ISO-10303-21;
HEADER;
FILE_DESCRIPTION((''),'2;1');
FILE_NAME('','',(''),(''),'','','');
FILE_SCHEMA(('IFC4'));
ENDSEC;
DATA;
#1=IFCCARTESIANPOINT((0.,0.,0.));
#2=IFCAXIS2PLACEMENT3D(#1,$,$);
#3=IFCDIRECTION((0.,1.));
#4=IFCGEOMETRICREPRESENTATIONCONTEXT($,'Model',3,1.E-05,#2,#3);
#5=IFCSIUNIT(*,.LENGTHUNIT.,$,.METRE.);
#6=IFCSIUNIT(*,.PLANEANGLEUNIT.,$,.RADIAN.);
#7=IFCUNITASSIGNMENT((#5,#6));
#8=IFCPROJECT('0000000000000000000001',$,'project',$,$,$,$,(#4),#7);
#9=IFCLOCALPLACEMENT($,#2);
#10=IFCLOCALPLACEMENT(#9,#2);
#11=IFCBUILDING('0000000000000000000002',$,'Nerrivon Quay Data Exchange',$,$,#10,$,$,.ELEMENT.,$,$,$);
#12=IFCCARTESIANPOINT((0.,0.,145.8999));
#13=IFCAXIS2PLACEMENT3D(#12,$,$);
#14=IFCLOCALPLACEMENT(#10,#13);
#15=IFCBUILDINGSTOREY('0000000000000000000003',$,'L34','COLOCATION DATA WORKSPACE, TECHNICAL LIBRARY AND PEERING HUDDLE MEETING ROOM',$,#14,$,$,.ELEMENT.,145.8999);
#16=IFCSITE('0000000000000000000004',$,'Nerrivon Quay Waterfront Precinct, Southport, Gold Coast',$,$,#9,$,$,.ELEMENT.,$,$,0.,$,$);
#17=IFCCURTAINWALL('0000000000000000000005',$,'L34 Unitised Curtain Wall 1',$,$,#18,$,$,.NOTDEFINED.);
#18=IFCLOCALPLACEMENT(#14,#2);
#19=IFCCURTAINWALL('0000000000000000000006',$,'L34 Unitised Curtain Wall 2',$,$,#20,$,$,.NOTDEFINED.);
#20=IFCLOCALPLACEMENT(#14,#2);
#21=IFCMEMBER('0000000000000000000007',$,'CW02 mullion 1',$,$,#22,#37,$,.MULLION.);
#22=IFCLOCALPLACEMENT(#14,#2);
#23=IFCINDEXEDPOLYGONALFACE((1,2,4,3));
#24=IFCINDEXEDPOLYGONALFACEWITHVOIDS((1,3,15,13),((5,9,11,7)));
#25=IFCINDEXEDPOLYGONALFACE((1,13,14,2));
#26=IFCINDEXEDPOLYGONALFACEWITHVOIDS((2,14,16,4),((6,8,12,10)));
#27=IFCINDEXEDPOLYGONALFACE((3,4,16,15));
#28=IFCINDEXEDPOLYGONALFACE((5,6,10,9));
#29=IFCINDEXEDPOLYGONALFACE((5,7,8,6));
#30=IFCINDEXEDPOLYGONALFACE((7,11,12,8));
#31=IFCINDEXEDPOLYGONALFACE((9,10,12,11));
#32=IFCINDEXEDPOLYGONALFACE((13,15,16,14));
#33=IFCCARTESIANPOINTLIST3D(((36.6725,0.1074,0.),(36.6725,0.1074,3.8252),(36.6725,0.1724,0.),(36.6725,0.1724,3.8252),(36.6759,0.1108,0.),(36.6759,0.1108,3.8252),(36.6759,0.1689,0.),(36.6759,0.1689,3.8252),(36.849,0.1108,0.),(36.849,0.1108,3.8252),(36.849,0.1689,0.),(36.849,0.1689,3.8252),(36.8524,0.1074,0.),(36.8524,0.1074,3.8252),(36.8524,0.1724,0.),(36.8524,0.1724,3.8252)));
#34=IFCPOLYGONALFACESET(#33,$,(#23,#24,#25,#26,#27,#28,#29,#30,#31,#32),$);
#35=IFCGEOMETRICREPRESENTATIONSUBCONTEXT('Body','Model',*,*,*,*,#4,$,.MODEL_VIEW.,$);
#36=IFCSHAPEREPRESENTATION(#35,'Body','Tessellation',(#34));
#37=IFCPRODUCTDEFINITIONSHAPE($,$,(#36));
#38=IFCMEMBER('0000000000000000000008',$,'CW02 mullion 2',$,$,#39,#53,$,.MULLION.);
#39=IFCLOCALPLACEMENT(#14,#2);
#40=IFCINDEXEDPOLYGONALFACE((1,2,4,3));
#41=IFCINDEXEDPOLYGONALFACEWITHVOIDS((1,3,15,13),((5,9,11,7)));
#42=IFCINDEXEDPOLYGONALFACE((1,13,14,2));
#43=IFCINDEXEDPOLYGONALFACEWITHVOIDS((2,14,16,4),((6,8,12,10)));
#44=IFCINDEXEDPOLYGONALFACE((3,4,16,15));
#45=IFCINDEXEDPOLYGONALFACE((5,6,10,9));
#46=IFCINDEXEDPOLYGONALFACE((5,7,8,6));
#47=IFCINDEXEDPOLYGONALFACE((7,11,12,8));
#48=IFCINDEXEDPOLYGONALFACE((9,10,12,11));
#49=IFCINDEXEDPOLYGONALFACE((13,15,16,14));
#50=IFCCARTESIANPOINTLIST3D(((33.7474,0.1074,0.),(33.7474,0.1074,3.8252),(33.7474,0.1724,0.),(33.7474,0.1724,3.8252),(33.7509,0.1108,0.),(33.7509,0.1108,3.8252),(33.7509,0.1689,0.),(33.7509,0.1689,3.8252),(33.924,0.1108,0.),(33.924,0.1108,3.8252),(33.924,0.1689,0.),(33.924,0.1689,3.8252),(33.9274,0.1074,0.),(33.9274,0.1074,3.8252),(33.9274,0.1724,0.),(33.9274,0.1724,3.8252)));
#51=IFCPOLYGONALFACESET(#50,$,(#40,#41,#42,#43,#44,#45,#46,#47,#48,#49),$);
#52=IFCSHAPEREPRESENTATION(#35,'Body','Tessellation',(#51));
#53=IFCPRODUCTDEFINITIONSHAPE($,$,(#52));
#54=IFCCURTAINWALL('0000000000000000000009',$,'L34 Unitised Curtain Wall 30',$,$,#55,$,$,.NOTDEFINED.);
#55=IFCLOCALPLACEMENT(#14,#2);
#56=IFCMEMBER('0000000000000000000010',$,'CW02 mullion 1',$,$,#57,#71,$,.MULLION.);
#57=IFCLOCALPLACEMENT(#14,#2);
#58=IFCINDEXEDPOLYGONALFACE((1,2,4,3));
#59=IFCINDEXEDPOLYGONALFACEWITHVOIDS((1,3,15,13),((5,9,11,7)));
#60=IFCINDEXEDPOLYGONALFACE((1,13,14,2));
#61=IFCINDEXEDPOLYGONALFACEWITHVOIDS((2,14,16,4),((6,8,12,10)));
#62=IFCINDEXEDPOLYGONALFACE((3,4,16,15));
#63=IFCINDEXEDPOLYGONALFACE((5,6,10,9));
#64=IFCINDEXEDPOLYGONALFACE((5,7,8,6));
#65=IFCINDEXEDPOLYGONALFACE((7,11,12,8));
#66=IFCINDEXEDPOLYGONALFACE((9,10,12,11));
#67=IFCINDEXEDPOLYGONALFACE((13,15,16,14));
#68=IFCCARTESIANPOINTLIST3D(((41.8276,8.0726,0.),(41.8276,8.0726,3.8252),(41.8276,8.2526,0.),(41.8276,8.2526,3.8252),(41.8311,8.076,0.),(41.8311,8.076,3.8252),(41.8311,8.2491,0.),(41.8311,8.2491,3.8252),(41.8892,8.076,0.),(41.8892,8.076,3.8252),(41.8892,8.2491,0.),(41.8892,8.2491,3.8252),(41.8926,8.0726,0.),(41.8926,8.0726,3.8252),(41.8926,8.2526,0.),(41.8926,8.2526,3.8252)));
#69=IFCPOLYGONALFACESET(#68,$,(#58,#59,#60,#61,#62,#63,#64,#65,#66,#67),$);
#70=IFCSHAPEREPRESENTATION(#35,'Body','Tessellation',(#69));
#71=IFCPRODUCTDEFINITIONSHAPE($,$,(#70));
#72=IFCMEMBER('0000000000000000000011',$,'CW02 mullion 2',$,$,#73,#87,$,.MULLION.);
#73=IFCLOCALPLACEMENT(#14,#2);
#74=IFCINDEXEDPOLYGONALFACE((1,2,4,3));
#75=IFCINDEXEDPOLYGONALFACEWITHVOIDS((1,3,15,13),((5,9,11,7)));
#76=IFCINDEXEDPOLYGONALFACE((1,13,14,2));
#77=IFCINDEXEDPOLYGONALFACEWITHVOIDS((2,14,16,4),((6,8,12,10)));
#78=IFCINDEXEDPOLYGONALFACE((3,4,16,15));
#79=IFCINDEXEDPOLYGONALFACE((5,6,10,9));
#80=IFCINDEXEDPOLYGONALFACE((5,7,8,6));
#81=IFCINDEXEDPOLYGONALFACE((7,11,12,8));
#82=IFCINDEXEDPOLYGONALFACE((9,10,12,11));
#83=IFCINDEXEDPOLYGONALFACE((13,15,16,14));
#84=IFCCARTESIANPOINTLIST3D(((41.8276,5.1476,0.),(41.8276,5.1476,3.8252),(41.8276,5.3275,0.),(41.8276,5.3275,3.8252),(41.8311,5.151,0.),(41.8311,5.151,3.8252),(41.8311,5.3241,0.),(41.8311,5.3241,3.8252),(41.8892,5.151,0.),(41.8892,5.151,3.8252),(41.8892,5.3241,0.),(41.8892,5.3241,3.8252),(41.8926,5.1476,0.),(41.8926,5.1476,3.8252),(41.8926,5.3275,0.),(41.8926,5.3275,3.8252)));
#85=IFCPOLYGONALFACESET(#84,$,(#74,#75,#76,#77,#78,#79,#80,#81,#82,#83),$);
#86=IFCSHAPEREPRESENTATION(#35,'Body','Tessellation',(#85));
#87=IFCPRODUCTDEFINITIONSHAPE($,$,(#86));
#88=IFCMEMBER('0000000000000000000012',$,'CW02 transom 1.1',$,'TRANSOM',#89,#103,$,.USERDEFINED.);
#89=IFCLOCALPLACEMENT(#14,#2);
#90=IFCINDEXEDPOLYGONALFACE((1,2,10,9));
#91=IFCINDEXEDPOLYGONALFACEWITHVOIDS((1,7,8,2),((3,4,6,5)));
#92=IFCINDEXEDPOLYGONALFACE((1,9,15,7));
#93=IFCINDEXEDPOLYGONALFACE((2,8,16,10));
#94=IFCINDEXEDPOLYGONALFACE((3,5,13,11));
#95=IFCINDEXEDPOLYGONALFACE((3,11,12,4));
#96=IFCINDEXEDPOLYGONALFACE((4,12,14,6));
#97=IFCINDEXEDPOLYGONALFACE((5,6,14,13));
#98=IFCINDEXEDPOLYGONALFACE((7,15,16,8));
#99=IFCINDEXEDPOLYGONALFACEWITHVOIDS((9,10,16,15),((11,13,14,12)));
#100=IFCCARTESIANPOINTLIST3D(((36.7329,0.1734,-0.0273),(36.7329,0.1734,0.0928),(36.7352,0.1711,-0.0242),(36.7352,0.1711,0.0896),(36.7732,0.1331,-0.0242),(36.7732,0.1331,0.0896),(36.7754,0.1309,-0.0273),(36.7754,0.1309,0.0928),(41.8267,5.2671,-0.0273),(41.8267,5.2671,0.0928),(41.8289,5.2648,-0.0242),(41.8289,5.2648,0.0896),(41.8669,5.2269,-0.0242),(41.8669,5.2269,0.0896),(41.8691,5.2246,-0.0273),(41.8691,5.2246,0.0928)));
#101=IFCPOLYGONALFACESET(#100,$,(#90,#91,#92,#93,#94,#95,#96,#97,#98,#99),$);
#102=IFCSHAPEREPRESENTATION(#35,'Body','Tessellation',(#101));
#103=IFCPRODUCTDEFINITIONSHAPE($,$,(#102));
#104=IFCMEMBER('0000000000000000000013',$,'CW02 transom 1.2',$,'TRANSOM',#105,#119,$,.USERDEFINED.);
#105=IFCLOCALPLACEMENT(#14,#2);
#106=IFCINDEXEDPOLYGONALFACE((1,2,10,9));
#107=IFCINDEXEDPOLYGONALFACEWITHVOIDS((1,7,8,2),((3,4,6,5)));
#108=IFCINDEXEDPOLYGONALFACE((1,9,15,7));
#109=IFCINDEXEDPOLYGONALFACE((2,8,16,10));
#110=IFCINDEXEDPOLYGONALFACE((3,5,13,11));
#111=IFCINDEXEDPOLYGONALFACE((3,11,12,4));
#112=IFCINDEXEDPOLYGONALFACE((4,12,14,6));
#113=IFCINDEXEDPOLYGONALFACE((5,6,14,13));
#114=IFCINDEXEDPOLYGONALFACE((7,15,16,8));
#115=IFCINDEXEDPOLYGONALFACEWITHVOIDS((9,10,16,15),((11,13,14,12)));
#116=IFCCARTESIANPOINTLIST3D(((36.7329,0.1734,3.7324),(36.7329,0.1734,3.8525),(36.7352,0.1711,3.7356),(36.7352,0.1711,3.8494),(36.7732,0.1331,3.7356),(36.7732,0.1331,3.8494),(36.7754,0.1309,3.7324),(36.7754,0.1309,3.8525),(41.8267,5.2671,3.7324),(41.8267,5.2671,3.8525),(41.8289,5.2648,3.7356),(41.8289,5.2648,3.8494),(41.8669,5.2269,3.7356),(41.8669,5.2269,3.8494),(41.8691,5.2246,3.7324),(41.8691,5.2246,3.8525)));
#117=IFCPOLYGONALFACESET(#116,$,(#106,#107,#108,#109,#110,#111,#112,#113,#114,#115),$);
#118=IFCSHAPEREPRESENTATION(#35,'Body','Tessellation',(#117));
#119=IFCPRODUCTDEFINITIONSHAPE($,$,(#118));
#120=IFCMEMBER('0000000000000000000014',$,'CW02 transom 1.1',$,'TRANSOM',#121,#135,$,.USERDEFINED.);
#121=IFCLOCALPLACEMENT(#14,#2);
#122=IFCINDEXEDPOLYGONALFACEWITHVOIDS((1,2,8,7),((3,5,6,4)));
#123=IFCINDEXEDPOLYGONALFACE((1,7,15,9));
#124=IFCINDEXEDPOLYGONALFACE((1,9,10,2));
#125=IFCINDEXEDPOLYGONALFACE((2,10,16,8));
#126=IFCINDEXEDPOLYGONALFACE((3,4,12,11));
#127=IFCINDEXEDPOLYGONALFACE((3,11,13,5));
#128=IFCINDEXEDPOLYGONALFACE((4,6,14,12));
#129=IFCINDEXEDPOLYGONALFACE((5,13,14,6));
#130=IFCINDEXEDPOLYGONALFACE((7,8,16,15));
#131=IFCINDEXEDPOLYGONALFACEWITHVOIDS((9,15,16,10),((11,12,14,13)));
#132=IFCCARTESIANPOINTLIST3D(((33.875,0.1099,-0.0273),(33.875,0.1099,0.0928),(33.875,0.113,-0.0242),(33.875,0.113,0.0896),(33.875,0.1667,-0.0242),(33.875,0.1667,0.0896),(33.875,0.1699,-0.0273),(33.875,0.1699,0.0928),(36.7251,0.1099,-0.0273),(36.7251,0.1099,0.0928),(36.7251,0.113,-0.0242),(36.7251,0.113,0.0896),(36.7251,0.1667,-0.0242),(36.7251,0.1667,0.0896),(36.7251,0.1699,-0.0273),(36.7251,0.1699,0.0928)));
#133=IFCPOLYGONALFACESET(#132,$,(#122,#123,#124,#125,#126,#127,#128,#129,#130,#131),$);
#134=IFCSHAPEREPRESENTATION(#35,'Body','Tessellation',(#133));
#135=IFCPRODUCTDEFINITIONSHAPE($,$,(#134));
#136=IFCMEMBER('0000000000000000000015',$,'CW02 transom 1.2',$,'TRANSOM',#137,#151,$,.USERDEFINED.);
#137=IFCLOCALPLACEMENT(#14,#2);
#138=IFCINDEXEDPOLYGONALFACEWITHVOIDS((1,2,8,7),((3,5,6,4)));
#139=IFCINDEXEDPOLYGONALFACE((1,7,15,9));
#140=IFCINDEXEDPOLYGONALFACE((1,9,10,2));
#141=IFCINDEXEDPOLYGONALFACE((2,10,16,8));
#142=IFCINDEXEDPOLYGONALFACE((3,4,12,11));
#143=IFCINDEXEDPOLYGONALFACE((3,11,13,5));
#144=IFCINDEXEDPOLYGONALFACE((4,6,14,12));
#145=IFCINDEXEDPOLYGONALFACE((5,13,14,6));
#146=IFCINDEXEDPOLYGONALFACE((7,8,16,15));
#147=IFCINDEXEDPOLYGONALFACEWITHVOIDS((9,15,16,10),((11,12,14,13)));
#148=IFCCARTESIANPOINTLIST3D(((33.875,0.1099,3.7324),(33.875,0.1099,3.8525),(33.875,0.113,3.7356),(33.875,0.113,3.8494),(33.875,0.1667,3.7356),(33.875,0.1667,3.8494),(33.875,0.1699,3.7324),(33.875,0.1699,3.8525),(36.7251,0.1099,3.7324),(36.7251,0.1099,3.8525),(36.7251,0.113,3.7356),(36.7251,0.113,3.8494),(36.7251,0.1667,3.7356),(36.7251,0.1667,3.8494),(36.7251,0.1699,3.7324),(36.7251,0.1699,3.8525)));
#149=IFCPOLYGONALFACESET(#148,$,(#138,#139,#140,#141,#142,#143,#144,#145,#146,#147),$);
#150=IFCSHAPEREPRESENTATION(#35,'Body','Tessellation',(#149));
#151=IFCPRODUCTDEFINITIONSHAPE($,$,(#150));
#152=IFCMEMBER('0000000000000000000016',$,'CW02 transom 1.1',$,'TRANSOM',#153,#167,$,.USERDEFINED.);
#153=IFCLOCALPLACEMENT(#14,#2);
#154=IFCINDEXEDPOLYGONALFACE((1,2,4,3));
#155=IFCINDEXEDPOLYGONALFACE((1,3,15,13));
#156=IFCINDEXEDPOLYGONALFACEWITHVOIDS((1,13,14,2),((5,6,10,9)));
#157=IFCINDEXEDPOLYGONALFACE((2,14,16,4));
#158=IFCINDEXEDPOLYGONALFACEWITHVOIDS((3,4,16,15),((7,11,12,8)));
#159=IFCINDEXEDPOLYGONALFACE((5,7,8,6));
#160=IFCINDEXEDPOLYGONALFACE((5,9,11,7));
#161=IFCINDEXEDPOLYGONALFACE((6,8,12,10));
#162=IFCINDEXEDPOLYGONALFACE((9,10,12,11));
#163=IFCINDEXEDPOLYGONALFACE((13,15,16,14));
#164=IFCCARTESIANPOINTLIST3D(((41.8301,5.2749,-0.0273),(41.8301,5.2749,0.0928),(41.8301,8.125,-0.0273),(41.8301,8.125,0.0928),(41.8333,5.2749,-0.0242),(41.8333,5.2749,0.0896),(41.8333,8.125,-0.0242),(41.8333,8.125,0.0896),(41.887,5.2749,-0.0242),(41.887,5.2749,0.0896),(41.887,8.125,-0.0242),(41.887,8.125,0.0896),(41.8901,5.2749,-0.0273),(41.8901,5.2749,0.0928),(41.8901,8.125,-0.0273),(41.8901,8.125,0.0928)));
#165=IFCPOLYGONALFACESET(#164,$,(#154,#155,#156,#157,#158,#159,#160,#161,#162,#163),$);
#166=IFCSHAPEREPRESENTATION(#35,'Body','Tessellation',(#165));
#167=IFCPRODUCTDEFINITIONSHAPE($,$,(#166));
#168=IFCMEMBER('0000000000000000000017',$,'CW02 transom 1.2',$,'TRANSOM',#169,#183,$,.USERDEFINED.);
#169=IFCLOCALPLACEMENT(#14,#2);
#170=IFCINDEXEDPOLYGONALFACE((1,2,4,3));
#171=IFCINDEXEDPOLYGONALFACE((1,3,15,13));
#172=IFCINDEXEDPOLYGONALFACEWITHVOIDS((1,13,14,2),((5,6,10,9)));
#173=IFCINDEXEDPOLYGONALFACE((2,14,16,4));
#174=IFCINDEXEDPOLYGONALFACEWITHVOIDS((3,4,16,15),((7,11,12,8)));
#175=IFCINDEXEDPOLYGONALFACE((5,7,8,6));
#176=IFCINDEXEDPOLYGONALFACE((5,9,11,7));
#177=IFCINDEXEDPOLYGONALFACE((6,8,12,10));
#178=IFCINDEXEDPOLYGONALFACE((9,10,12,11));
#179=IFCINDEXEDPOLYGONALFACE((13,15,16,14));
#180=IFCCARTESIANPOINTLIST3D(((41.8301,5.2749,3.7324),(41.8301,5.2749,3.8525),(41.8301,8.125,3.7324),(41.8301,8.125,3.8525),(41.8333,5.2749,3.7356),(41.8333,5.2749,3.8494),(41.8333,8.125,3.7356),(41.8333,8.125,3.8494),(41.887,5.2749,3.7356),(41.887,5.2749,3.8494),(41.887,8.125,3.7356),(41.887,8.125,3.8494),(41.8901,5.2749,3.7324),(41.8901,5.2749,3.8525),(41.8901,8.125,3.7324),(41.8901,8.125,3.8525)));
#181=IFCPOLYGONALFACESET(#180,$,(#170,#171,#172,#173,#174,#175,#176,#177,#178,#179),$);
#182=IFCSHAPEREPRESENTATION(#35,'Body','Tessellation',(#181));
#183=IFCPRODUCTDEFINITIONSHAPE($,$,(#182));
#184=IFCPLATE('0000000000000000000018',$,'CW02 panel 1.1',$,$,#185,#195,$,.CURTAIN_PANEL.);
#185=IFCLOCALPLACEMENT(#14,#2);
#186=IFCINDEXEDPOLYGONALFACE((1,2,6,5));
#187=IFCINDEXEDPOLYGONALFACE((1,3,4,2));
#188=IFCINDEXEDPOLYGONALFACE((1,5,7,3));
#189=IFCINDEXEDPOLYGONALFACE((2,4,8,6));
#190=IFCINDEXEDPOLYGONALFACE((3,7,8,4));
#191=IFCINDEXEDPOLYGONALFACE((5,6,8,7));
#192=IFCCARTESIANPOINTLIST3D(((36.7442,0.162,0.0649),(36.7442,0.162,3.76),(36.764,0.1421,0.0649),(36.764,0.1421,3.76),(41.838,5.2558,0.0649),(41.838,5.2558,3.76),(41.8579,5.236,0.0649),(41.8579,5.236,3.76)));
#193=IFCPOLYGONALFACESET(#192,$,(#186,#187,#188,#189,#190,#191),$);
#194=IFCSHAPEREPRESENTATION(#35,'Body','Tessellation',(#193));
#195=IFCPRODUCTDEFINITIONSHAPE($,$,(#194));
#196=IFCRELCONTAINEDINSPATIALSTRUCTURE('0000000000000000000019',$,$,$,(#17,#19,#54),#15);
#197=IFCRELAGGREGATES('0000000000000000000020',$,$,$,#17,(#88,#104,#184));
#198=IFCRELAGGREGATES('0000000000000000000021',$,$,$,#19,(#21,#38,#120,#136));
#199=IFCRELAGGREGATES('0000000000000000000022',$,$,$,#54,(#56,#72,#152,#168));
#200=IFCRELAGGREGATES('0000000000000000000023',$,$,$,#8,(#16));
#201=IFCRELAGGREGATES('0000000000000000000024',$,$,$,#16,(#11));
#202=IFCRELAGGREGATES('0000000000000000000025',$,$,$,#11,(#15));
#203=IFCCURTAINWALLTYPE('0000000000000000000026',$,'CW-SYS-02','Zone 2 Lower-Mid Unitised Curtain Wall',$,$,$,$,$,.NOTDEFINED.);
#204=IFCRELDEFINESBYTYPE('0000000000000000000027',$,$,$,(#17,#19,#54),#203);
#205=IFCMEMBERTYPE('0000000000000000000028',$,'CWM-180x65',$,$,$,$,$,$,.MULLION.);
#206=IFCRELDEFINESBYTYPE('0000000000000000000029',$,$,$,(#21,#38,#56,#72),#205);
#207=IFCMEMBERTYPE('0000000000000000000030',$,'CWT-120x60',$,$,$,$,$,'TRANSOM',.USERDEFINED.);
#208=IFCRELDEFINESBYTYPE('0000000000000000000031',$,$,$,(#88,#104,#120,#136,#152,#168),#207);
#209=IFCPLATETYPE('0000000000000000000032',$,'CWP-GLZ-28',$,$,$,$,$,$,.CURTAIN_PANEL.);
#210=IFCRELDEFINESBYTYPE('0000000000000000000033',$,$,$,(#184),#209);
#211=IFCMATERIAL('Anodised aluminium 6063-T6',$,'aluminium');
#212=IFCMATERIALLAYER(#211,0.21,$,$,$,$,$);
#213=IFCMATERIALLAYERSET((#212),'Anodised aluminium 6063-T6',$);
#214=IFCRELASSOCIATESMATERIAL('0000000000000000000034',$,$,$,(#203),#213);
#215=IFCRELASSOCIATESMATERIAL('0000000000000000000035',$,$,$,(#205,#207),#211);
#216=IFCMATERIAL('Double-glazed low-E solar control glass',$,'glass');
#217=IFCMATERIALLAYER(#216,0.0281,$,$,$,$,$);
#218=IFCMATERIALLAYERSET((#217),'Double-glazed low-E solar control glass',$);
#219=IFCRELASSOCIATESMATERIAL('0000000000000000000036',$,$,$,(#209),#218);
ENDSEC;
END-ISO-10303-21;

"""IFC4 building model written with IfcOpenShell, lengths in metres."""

from ifc_helpers import new_model, si_unit, direction, frame, origin, origin_2d, place, context, subcontext, project, spatial, rectangle, hollow_rectangle, extrude, material, layer, layer_set, material_profile, profile_set, type_object, element, aggregate, save


model = new_model("IFC4")

# Units and contexts
model_context = context("Model", 3, precision=1e-05, world=origin(), true_north=direction((0.0, 1.0)))
body_context = subcontext(model_context, "Body", "Model", "MODEL_VIEW")
ifc_project = project(units=[si_unit("LENGTHUNIT", "METRE"), si_unit("PLANEANGLEUNIT", "RADIAN")], contexts=[model_context])

# Site, building, storey
site_placement = place(None, origin())
site = spatial("IfcSite", under=ifc_project, at=site_placement, Name="Nerrivon Quay Waterfront Precinct, Southport, Gold Coast", CompositionType="ELEMENT", RefElevation=0.0)
building_placement = place(site_placement, origin())
building = spatial("IfcBuilding", under=site, at=building_placement, Name="Nerrivon Quay Data Exchange", CompositionType="ELEMENT")
storey_placement = place(building_placement, frame((0.0, 0.0, 145.8999)))
storey = spatial("IfcBuildingStorey", under=building, at=storey_placement, Name="L34", Description="COLOCATION DATA WORKSPACE, TECHNICAL LIBRARY AND PEERING HUDDLE MEETING ROOM", CompositionType="ELEMENT", Elevation=145.8999)

# Curtain walls, members
ifc_material_1 = material(Name="Anodised aluminium 6063-T6", Category="aluminium")
ifc_layer_1 = layer(ifc_material_1, 0.21)
ifc_layer_set_1 = layer_set([ifc_layer_1], Name="Anodised aluminium 6063-T6")
curtain_wall_type = type_object("IfcCurtainWallType", Name="CW-SYS-02", Description="Zone 2 Lower-Mid Unitised Curtain Wall", PredefinedType="NOTDEFINED", material=ifc_layer_set_1)
curtain_wall_1_placement = place(storey_placement, origin())
curtain_wall_1 = element("IfcCurtainWall", 1, at=curtain_wall_1_placement, inside=storey, type_object=curtain_wall_type, Name="L34 Unitised Curtain Wall 1", PredefinedType="NOTDEFINED")
ifc_material_profile_1 = material_profile(ifc_material_1, hollow_rectangle(XDim=0.0649, YDim=0.1799, WallThickness=0.0034, at=origin_2d()), Name="ALU-MULL-180x65")
ifc_profile_set_1 = profile_set([ifc_material_profile_1], Name="Anodised aluminium 6063-T6")
member_type_1 = type_object("IfcMemberType", Name="CWM-180x65", PredefinedType="MULLION", material=ifc_profile_set_1)
curtain_wall_2_placement = place(storey_placement, origin())
curtain_wall_2 = element("IfcCurtainWall", 2, at=curtain_wall_2_placement, inside=storey, type_object=curtain_wall_type, Name="L34 Unitised Curtain Wall 2", PredefinedType="NOTDEFINED")
member_1_placement = place(storey_placement, frame((36.7625, 0.1399, 0.0), z_axis=(0.0, 0.0, 1.0), x_axis=(0.0, -1.0, 0.0)))
member_1 = element("IfcMember", 3, at=member_1_placement, type_object=member_type_1, Name="CW02 mullion 1", PredefinedType="MULLION", context=body_context, shape_type="SweptSolid", body=[
    extrude(hollow_rectangle(XDim=0.0649, YDim=0.1799, WallThickness=0.0034, at=origin_2d()), origin(), (0.0, 0.0, 1.0), 3.8252),
])
member_2_placement = place(storey_placement, frame((33.8374, 0.1399, 0.0), z_axis=(0.0, 0.0, 1.0), x_axis=(0.0, -1.0, 0.0)))
member_2 = element("IfcMember", 4, at=member_2_placement, type_object=member_type_1, Name="CW02 mullion 2", PredefinedType="MULLION", context=body_context, shape_type="SweptSolid", body=[
    extrude(hollow_rectangle(XDim=0.0649, YDim=0.1799, WallThickness=0.0034, at=origin_2d()), origin(), (0.0, 0.0, 1.0), 3.8252),
])
curtain_wall_3_placement = place(storey_placement, origin())
curtain_wall_3 = element("IfcCurtainWall", 5, at=curtain_wall_3_placement, inside=storey, type_object=curtain_wall_type, Name="L34 Unitised Curtain Wall 30", PredefinedType="NOTDEFINED")
member_3_placement = place(storey_placement, frame((41.8601, 8.1626, 0.0), z_axis=(0.0, 0.0, 1.0), x_axis=(1.0, 0.0, 0.0)))
member_3 = element("IfcMember", 6, at=member_3_placement, type_object=member_type_1, Name="CW02 mullion 1", PredefinedType="MULLION", context=body_context, shape_type="SweptSolid", body=[
    extrude(hollow_rectangle(XDim=0.0649, YDim=0.1799, WallThickness=0.0034, at=origin_2d()), origin(), (0.0, 0.0, 1.0), 3.8252),
])
member_4_placement = place(storey_placement, frame((41.8601, 5.2375, 0.0), z_axis=(0.0, 0.0, 1.0), x_axis=(1.0, 0.0, 0.0)))
member_4 = element("IfcMember", 7, at=member_4_placement, type_object=member_type_1, Name="CW02 mullion 2", PredefinedType="MULLION", context=body_context, shape_type="SweptSolid", body=[
    extrude(hollow_rectangle(XDim=0.0649, YDim=0.1799, WallThickness=0.0034, at=origin_2d()), origin(), (0.0, 0.0, 1.0), 3.8252),
])

# Members
ifc_material_profile_2 = material_profile(ifc_material_1, hollow_rectangle(XDim=0.0601, YDim=0.1201, WallThickness=0.0032, at=origin_2d()), Name="ALU-TRAN-120x60")
ifc_profile_set_2 = profile_set([ifc_material_profile_2], Name="Anodised aluminium 6063-T6")
member_type_2 = type_object("IfcMemberType", Name="CWT-120x60", ElementType="TRANSOM", PredefinedType="USERDEFINED", material=ifc_profile_set_2)
member_5_placement = place(storey_placement, frame((41.8479, 5.2458, 0.0327), z_axis=(-0.707107, -0.707107, 0.0), x_axis=(0.707107, -0.707107, 0.0)))
member_5 = element("IfcMember", 8, at=member_5_placement, type_object=member_type_2, Name="CW02 transom 1.1", ObjectType="TRANSOM", PredefinedType="USERDEFINED", context=body_context, shape_type="SweptSolid", body=[
    extrude(hollow_rectangle(XDim=0.0601, YDim=0.1201, WallThickness=0.0032, at=origin_2d()), origin(), (0.0, 0.0, 1.0), 7.2036),
])
member_6_placement = place(storey_placement, frame((41.8479, 5.2458, 3.7925), z_axis=(-0.707107, -0.707107, 0.0), x_axis=(0.707107, -0.707107, 0.0)))
member_6 = element("IfcMember", 9, at=member_6_placement, type_object=member_type_2, Name="CW02 transom 1.2", ObjectType="TRANSOM", PredefinedType="USERDEFINED", context=body_context, shape_type="SweptSolid", body=[
    extrude(hollow_rectangle(XDim=0.0601, YDim=0.1201, WallThickness=0.0032, at=origin_2d()), origin(), (0.0, 0.0, 1.0), 7.2036),
])
member_7_placement = place(storey_placement, frame((36.7251, 0.1399, 0.0327), z_axis=(-1.0, 0.0, 0.0), x_axis=(0.0, -1.0, 0.0)))
member_7 = element("IfcMember", 10, at=member_7_placement, type_object=member_type_2, Name="CW02 transom 1.1", ObjectType="TRANSOM", PredefinedType="USERDEFINED", context=body_context, shape_type="SweptSolid", body=[
    extrude(hollow_rectangle(XDim=0.0601, YDim=0.1201, WallThickness=0.0032, at=origin_2d()), origin(), (0.0, 0.0, 1.0), 2.8501),
])
member_8_placement = place(storey_placement, frame((36.7251, 0.1399, 3.7925), z_axis=(-1.0, 0.0, 0.0), x_axis=(0.0, -1.0, 0.0)))
member_8 = element("IfcMember", 11, at=member_8_placement, type_object=member_type_2, Name="CW02 transom 1.2", ObjectType="TRANSOM", PredefinedType="USERDEFINED", context=body_context, shape_type="SweptSolid", body=[
    extrude(hollow_rectangle(XDim=0.0601, YDim=0.1201, WallThickness=0.0032, at=origin_2d()), origin(), (0.0, 0.0, 1.0), 2.8501),
])
member_9_placement = place(storey_placement, frame((41.8601, 8.125, 0.0327), z_axis=(0.0, -1.0, 0.0), x_axis=(1.0, 0.0, 0.0)))
member_9 = element("IfcMember", 12, at=member_9_placement, type_object=member_type_2, Name="CW02 transom 1.1", ObjectType="TRANSOM", PredefinedType="USERDEFINED", context=body_context, shape_type="SweptSolid", body=[
    extrude(hollow_rectangle(XDim=0.0601, YDim=0.1201, WallThickness=0.0032, at=origin_2d()), origin(), (0.0, 0.0, 1.0), 2.8501),
])
member_10_placement = place(storey_placement, frame((41.8601, 8.125, 3.7925), z_axis=(0.0, -1.0, 0.0), x_axis=(1.0, 0.0, 0.0)))
member_10 = element("IfcMember", 13, at=member_10_placement, type_object=member_type_2, Name="CW02 transom 1.2", ObjectType="TRANSOM", PredefinedType="USERDEFINED", context=body_context, shape_type="SweptSolid", body=[
    extrude(hollow_rectangle(XDim=0.0601, YDim=0.1201, WallThickness=0.0032, at=origin_2d()), origin(), (0.0, 0.0, 1.0), 2.8501),
])

# Plate
ifc_material_2 = material(Name="Double-glazed low-E solar control glass", Category="glass")
ifc_layer_2 = layer(ifc_material_2, 0.0281)
ifc_layer_set_2 = layer_set([ifc_layer_2], Name="Double-glazed low-E solar control glass")
plate_type = type_object("IfcPlateType", Name="CWP-GLZ-28", PredefinedType="CURTAIN_PANEL", material=ifc_layer_set_2)
plate_1_placement = place(storey_placement, frame((39.301, 2.699, 0.0649), z_axis=(0.0, 0.0, 1.0), x_axis=(-0.707107, -0.707107, 0.0)))
plate_1 = element("IfcPlate", 14, at=plate_1_placement, type_object=plate_type, Name="CW02 panel 1.1", PredefinedType="CURTAIN_PANEL", context=body_context, shape_type="SweptSolid", body=[
    extrude(rectangle(XDim=7.2039, YDim=0.0281, at=origin_2d()), origin(), (0.0, 0.0, 1.0), 3.6951),
])
aggregate(curtain_wall_1, [member_5, member_6, plate_1])
aggregate(curtain_wall_2, [member_1, member_2, member_7, member_8])
aggregate(curtain_wall_3, [member_3, member_4, member_9, member_10])

save(model, "model.ifc")
